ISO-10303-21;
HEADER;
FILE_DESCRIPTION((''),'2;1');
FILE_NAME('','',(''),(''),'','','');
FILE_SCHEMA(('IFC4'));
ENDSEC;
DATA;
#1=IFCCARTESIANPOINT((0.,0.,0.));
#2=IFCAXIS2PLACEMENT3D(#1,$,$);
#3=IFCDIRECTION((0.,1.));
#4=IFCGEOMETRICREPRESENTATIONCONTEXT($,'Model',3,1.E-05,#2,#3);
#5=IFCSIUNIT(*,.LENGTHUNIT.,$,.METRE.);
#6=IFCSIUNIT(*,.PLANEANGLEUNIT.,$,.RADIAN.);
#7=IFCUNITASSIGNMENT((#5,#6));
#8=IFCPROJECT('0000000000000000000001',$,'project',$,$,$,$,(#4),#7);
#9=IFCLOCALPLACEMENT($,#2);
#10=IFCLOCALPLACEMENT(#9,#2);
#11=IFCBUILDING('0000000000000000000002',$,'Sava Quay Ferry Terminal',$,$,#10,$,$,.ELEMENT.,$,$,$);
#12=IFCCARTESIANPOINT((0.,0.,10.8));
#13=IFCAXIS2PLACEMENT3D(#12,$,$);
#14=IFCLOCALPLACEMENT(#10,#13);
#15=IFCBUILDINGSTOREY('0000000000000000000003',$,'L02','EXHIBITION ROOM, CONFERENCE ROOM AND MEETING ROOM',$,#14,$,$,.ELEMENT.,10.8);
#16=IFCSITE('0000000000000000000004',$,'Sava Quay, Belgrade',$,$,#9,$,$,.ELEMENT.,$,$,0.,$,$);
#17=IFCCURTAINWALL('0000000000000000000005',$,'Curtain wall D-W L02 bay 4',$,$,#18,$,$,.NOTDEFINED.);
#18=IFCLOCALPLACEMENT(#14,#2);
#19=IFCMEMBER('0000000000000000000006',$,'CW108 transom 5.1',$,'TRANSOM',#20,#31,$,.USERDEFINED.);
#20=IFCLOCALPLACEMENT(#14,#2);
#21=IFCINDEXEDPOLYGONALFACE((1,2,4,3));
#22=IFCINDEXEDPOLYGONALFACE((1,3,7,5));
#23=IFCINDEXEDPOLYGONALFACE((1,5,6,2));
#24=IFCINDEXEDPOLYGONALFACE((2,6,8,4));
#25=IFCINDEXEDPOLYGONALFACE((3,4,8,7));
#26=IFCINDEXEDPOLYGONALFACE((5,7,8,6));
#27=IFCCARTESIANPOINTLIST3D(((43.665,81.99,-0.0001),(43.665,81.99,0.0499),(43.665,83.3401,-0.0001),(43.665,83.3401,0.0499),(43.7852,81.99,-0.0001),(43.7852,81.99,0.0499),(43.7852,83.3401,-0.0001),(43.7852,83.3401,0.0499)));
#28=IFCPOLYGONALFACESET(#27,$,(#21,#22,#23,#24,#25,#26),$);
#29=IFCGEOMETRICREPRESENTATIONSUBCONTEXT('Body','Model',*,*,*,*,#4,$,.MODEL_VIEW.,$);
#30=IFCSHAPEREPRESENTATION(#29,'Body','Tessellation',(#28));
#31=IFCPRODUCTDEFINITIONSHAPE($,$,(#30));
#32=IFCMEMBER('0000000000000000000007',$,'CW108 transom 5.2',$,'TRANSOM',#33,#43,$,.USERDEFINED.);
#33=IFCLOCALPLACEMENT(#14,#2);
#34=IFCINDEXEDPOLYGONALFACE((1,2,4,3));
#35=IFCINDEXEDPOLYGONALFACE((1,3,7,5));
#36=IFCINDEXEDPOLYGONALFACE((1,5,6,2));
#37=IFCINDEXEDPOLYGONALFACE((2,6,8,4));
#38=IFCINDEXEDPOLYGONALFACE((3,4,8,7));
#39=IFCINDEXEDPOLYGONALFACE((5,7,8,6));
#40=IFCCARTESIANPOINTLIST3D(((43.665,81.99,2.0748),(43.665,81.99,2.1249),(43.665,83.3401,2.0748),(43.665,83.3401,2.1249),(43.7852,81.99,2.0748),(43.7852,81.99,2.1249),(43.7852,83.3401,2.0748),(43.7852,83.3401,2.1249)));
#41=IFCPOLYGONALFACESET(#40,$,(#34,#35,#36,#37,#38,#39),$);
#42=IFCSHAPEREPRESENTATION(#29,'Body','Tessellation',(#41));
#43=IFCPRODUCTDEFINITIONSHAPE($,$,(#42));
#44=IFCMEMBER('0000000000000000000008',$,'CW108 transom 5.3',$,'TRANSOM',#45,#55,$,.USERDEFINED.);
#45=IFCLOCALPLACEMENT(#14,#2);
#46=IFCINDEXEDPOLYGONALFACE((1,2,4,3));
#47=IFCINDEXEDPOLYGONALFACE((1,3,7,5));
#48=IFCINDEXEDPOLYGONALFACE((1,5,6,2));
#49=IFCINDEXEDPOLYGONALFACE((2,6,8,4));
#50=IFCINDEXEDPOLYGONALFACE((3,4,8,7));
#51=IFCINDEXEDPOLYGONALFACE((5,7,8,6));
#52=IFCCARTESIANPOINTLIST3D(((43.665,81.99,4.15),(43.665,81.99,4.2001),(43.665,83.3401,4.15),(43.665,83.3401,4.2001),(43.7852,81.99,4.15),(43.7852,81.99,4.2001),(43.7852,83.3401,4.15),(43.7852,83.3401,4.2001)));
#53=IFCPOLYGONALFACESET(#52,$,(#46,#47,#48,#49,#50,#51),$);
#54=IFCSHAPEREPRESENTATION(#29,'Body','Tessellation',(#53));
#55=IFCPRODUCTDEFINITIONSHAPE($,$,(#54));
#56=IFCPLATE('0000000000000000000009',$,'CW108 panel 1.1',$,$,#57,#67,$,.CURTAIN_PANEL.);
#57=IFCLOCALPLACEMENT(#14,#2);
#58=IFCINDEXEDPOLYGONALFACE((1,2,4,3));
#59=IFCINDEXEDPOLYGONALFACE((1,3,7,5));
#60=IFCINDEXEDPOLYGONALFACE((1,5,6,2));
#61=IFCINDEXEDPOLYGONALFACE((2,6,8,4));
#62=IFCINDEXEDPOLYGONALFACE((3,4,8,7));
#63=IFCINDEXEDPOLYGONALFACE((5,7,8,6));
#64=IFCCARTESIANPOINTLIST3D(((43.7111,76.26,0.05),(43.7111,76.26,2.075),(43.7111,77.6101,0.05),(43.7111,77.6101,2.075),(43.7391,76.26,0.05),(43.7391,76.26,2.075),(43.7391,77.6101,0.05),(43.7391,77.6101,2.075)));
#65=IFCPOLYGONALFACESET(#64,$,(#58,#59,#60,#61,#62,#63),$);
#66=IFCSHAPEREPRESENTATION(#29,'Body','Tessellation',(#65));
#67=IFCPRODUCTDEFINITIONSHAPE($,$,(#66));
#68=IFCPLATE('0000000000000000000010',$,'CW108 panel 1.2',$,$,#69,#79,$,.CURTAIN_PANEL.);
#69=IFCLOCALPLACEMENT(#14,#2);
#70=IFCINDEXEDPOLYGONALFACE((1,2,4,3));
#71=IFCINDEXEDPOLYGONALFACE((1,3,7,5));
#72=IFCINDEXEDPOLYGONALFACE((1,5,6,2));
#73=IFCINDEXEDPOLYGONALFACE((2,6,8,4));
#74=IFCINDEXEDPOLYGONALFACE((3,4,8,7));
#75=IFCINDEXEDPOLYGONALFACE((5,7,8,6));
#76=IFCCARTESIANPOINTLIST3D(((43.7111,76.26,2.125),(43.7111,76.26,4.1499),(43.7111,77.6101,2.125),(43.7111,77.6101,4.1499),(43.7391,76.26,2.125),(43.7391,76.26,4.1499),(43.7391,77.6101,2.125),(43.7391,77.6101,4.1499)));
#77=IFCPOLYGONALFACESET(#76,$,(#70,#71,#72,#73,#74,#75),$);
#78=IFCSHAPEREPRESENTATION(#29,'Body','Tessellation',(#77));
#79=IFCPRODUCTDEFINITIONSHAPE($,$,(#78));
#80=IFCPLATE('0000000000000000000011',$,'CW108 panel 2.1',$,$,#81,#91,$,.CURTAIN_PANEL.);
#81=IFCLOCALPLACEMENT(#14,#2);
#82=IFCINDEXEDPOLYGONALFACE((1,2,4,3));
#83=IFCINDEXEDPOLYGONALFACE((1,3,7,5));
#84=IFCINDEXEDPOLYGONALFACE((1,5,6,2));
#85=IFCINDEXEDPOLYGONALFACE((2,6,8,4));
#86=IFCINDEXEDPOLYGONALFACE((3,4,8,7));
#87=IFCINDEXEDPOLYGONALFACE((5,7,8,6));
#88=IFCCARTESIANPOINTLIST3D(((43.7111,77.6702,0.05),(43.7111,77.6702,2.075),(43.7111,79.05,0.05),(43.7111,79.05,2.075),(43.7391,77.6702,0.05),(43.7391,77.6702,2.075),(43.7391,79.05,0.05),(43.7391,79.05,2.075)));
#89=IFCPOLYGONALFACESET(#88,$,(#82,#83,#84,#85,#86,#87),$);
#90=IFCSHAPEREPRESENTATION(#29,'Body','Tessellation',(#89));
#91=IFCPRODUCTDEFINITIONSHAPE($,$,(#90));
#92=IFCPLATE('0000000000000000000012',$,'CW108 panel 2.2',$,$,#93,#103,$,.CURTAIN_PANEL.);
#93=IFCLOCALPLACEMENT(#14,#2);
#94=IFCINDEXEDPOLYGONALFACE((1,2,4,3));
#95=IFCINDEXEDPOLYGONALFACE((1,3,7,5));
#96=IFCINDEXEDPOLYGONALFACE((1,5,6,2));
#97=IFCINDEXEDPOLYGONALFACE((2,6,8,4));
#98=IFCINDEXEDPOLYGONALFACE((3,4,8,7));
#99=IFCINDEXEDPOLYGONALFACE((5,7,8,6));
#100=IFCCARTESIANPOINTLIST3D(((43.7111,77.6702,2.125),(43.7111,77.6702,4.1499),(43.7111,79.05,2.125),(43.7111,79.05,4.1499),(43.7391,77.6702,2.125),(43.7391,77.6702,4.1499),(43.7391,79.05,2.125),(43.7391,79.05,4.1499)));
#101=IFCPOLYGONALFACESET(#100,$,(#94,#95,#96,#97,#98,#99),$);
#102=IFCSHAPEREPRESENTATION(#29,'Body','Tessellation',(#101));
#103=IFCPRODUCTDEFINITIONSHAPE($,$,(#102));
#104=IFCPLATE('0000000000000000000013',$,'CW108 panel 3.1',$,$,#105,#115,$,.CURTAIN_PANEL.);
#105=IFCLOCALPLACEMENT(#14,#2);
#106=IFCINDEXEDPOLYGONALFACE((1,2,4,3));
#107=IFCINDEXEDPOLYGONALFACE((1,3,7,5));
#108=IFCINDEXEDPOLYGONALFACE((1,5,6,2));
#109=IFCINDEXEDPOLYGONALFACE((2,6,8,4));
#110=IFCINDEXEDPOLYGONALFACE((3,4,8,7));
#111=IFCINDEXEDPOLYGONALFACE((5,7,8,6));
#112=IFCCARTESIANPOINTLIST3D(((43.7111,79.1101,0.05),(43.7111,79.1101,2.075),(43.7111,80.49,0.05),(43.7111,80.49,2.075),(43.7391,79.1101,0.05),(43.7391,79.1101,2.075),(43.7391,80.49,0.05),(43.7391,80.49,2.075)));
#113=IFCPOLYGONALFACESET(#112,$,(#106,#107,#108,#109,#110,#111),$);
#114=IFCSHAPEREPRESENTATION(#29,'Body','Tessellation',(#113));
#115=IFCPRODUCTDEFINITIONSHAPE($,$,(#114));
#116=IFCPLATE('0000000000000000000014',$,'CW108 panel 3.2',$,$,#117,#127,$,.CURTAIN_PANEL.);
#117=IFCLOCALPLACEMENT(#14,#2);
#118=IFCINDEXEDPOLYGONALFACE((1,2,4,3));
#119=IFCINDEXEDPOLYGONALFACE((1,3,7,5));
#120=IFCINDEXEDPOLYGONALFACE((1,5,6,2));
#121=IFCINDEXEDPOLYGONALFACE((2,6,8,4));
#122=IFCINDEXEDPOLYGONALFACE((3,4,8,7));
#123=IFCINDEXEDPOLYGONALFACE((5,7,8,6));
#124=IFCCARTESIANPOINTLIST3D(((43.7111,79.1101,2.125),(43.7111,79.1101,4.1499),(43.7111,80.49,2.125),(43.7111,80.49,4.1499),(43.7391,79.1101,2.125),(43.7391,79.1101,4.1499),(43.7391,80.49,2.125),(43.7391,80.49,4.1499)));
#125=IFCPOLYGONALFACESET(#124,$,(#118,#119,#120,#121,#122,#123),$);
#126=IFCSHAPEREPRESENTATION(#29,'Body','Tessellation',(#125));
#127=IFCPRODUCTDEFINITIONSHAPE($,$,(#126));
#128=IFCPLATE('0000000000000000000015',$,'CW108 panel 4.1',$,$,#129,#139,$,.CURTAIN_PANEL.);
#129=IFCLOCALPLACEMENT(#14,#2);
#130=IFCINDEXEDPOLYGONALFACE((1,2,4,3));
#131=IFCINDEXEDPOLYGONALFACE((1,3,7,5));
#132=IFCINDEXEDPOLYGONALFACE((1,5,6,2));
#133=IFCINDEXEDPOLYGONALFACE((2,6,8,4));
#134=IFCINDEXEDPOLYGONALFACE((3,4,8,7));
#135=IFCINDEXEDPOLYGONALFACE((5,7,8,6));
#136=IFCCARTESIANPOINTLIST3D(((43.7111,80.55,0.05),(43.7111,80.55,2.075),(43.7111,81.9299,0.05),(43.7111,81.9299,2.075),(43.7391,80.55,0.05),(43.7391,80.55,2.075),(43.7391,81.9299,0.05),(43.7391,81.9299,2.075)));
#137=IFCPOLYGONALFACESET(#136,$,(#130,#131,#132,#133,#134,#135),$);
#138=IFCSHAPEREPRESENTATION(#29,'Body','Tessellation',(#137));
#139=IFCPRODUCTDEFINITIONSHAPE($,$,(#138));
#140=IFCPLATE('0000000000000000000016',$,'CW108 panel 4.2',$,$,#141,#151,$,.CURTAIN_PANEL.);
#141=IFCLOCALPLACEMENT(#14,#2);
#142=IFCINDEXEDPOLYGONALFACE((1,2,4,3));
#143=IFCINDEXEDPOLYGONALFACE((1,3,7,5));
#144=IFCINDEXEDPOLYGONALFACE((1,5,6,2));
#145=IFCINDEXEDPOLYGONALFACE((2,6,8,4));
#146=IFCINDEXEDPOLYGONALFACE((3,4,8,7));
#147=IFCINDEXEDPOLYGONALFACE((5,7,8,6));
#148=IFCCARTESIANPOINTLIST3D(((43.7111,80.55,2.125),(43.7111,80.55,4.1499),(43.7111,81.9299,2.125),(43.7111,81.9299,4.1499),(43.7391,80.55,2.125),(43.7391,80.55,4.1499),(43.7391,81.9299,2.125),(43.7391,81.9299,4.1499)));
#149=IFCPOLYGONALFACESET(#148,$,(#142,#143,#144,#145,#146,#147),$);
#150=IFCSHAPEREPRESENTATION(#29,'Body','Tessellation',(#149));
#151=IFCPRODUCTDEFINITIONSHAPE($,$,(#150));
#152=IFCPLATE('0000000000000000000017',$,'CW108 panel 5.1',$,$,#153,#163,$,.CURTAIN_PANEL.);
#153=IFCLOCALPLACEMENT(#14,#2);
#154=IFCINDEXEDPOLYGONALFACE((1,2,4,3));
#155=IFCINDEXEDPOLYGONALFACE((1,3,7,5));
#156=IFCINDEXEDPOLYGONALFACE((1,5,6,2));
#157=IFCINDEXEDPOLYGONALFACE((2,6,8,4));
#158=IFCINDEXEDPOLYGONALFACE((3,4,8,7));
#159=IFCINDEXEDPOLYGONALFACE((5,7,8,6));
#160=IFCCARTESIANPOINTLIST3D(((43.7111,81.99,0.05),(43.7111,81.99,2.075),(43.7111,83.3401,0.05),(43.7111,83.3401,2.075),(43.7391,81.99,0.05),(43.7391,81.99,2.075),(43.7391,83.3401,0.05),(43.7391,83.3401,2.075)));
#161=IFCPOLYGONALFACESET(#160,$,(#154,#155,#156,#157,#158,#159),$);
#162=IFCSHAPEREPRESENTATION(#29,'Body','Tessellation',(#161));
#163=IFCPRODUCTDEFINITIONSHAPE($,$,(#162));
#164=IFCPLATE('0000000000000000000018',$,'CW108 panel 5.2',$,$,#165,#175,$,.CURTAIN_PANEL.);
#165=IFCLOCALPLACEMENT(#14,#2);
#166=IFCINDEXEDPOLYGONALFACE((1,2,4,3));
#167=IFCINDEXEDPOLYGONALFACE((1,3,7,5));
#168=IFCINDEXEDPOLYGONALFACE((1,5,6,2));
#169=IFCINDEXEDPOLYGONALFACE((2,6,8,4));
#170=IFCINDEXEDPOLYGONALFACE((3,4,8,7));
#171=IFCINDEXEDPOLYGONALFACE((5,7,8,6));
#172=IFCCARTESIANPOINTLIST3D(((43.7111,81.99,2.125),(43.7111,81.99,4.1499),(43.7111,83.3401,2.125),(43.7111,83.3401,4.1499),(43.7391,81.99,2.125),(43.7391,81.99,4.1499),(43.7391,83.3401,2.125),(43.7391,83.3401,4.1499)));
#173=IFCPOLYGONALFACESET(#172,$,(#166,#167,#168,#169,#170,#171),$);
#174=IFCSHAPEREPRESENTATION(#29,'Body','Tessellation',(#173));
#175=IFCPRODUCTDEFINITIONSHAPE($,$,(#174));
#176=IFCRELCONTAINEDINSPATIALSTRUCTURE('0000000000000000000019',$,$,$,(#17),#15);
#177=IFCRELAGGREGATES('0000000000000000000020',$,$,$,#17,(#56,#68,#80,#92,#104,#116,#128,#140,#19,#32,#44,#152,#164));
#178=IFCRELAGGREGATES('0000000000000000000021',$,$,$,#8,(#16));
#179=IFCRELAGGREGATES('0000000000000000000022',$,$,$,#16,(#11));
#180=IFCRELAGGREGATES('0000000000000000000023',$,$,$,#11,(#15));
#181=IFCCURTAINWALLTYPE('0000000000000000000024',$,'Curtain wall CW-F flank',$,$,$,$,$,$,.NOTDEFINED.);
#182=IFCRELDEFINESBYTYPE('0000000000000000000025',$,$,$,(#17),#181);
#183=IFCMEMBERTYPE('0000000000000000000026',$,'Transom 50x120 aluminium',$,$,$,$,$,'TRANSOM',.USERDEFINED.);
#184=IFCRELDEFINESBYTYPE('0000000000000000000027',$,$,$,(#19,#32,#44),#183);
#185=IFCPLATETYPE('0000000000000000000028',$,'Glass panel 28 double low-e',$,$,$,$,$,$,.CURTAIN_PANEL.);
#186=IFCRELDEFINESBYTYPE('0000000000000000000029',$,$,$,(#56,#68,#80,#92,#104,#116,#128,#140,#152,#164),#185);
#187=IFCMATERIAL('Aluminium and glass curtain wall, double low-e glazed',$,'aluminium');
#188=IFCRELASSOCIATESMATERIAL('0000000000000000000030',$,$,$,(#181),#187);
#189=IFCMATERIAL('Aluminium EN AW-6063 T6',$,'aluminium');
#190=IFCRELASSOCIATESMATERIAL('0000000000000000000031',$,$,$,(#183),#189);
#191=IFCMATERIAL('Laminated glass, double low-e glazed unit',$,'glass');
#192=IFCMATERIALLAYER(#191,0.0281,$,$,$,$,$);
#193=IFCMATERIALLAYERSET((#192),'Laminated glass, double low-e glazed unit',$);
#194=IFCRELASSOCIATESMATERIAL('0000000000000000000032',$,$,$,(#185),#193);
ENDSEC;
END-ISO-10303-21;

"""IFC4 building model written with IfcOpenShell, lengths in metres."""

from ifc_helpers import new_model, si_unit, direction, frame, origin, origin_2d, place, context, subcontext, project, spatial, rectangle, extrude, material, layer, layer_set, material_profile, profile_set, type_object, element, aggregate, save


model = new_model("IFC4")

# Units and contexts
model_context = context("Model", 3, precision=1e-05, world=origin(), true_north=direction((0.0, 1.0)))
body_context = subcontext(model_context, "Body", "Model", "MODEL_VIEW")
ifc_project = project(units=[si_unit("LENGTHUNIT", "METRE"), si_unit("PLANEANGLEUNIT", "RADIAN")], contexts=[model_context])

# Site, building, storey
site_placement = place(None, origin())
site = spatial("IfcSite", under=ifc_project, at=site_placement, Name="Sava Quay, Belgrade", CompositionType="ELEMENT", RefElevation=0.0)
building_placement = place(site_placement, origin())
building = spatial("IfcBuilding", under=site, at=building_placement, Name="Sava Quay Ferry Terminal", CompositionType="ELEMENT")
storey_placement = place(building_placement, frame((0.0, 0.0, 10.8)))
storey = spatial("IfcBuildingStorey", under=building, at=storey_placement, Name="L02", Description="EXHIBITION ROOM, CONFERENCE ROOM AND MEETING ROOM", CompositionType="ELEMENT", Elevation=10.8)

# Shared definitions
ifc_material_1 = material(Name="Aluminium and glass curtain wall, double low-e glazed", Category="aluminium")
curtain_wall_type = type_object("IfcCurtainWallType", Name="Curtain wall CW-F flank", PredefinedType="NOTDEFINED", material=ifc_material_1)

# Curtain wall, members, plates
curtain_wall_1_placement = place(storey_placement, origin())
curtain_wall_1 = element("IfcCurtainWall", 1, at=curtain_wall_1_placement, inside=storey, type_object=curtain_wall_type, Name="Curtain wall D-W L02 bay 4", PredefinedType="NOTDEFINED")
ifc_material_2 = material(Name="Aluminium EN AW-6063 T6", Category="aluminium")
ifc_material_profile_1 = material_profile(ifc_material_2, rectangle(XDim=0.1201, YDim=0.05, at=origin_2d()), Name="Transom 50x120 aluminium")
ifc_profile_set_1 = profile_set([ifc_material_profile_1], Name="Aluminium EN AW-6063 T6")
member_type_1 = type_object("IfcMemberType", Name="Transom 50x120 aluminium", ElementType="TRANSOM", PredefinedType="USERDEFINED", material=ifc_profile_set_1)
member_1_placement = place(storey_placement, frame((43.7251, 81.99, 0.0249), z_axis=(0.0, 1.0, 0.0), x_axis=(-1.0, 0.0, 0.0)))
member_1 = element("IfcMember", 2, at=member_1_placement, type_object=member_type_1, Name="CW108 transom 5.1", ObjectType="TRANSOM", PredefinedType="USERDEFINED", context=body_context, shape_type="SweptSolid", body=[
    extrude(rectangle(XDim=0.1201, YDim=0.05, at=origin_2d()), origin(), (0.0, 0.0, 1.0), 1.3501),
])
member_2_placement = place(storey_placement, frame((43.7251, 81.99, 2.0999), z_axis=(0.0, 1.0, 0.0), x_axis=(-1.0, 0.0, 0.0)))
member_2 = element("IfcMember", 3, at=member_2_placement, type_object=member_type_1, Name="CW108 transom 5.2", ObjectType="TRANSOM", PredefinedType="USERDEFINED", context=body_context, shape_type="SweptSolid", body=[
    extrude(rectangle(XDim=0.1201, YDim=0.05, at=origin_2d()), origin(), (0.0, 0.0, 1.0), 1.3501),
])
member_3_placement = place(storey_placement, frame((43.7251, 81.99, 4.175), z_axis=(0.0, 1.0, 0.0), x_axis=(-1.0, 0.0, 0.0)))
member_3 = element("IfcMember", 4, at=member_3_placement, type_object=member_type_1, Name="CW108 transom 5.3", ObjectType="TRANSOM", PredefinedType="USERDEFINED", context=body_context, shape_type="SweptSolid", body=[
    extrude(rectangle(XDim=0.1201, YDim=0.05, at=origin_2d()), origin(), (0.0, 0.0, 1.0), 1.3501),
])
ifc_material_3 = material(Name="Laminated glass, double low-e glazed unit", Category="glass")
ifc_layer = layer(ifc_material_3, 0.0281)
ifc_layer_set = layer_set([ifc_layer], Name="Laminated glass, double low-e glazed unit")
plate_type = type_object("IfcPlateType", Name="Glass panel 28 double low-e", PredefinedType="CURTAIN_PANEL", material=ifc_layer_set)
plate_1_placement = place(storey_placement, frame((43.7251, 76.9351, 0.05), z_axis=(0.0, 0.0, 1.0), x_axis=(0.0, 1.0, 0.0)))
plate_1 = element("IfcPlate", 5, at=plate_1_placement, type_object=plate_type, Name="CW108 panel 1.1", PredefinedType="CURTAIN_PANEL", context=body_context, shape_type="SweptSolid", body=[
    extrude(rectangle(XDim=1.3501, YDim=0.0281, at=origin_2d()), origin(), (0.0, 0.0, 1.0), 2.0249),
])
plate_2_placement = place(storey_placement, frame((43.7251, 76.9351, 2.125), z_axis=(0.0, 0.0, 1.0), x_axis=(0.0, 1.0, 0.0)))
plate_2 = element("IfcPlate", 6, at=plate_2_placement, type_object=plate_type, Name="CW108 panel 1.2", PredefinedType="CURTAIN_PANEL", context=body_context, shape_type="SweptSolid", body=[
    extrude(rectangle(XDim=1.3501, YDim=0.0281, at=origin_2d()), origin(), (0.0, 0.0, 1.0), 2.0249),
])
plate_3_placement = place(storey_placement, frame((43.7251, 78.3601, 0.05), z_axis=(0.0, 0.0, 1.0), x_axis=(0.0, 1.0, 0.0)))
plate_3 = element("IfcPlate", 7, at=plate_3_placement, type_object=plate_type, Name="CW108 panel 2.1", PredefinedType="CURTAIN_PANEL", context=body_context, shape_type="SweptSolid", body=[
    extrude(rectangle(XDim=1.3799, YDim=0.0281, at=origin_2d()), origin(), (0.0, 0.0, 1.0), 2.0249),
])
plate_4_placement = place(storey_placement, frame((43.7251, 78.3601, 2.125), z_axis=(0.0, 0.0, 1.0), x_axis=(0.0, 1.0, 0.0)))
plate_4 = element("IfcPlate", 8, at=plate_4_placement, type_object=plate_type, Name="CW108 panel 2.2", PredefinedType="CURTAIN_PANEL", context=body_context, shape_type="SweptSolid", body=[
    extrude(rectangle(XDim=1.3799, YDim=0.0281, at=origin_2d()), origin(), (0.0, 0.0, 1.0), 2.0249),
])
plate_5_placement = place(storey_placement, frame((43.7251, 79.8, 0.05), z_axis=(0.0, 0.0, 1.0), x_axis=(0.0, 1.0, 0.0)))
plate_5 = element("IfcPlate", 9, at=plate_5_placement, type_object=plate_type, Name="CW108 panel 3.1", PredefinedType="CURTAIN_PANEL", context=body_context, shape_type="SweptSolid", body=[
    extrude(rectangle(XDim=1.3799, YDim=0.0281, at=origin_2d()), origin(), (0.0, 0.0, 1.0), 2.0249),
])
plate_6_placement = place(storey_placement, frame((43.7251, 79.8, 2.125), z_axis=(0.0, 0.0, 1.0), x_axis=(0.0, 1.0, 0.0)))
plate_6 = element("IfcPlate", 10, at=plate_6_placement, type_object=plate_type, Name="CW108 panel 3.2", PredefinedType="CURTAIN_PANEL", context=body_context, shape_type="SweptSolid", body=[
    extrude(rectangle(XDim=1.3799, YDim=0.0281, at=origin_2d()), origin(), (0.0, 0.0, 1.0), 2.0249),
])
plate_7_placement = place(storey_placement, frame((43.7251, 81.24, 0.05), z_axis=(0.0, 0.0, 1.0), x_axis=(0.0, 1.0, 0.0)))
plate_7 = element("IfcPlate", 11, at=plate_7_placement, type_object=plate_type, Name="CW108 panel 4.1", PredefinedType="CURTAIN_PANEL", context=body_context, shape_type="SweptSolid", body=[
    extrude(rectangle(XDim=1.3799, YDim=0.0281, at=origin_2d()), origin(), (0.0, 0.0, 1.0), 2.0249),
])
plate_8_placement = place(storey_placement, frame((43.7251, 81.24, 2.125), z_axis=(0.0, 0.0, 1.0), x_axis=(0.0, 1.0, 0.0)))
plate_8 = element("IfcPlate", 12, at=plate_8_placement, type_object=plate_type, Name="CW108 panel 4.2", PredefinedType="CURTAIN_PANEL", context=body_context, shape_type="SweptSolid", body=[
    extrude(rectangle(XDim=1.3799, YDim=0.0281, at=origin_2d()), origin(), (0.0, 0.0, 1.0), 2.0249),
])
plate_9_placement = place(storey_placement, frame((43.7251, 82.665, 0.05), z_axis=(0.0, 0.0, 1.0), x_axis=(0.0, 1.0, 0.0)))
plate_9 = element("IfcPlate", 13, at=plate_9_placement, type_object=plate_type, Name="CW108 panel 5.1", PredefinedType="CURTAIN_PANEL", context=body_context, shape_type="SweptSolid", body=[
    extrude(rectangle(XDim=1.3501, YDim=0.0281, at=origin_2d()), origin(), (0.0, 0.0, 1.0), 2.0249),
])
plate_10_placement = place(storey_placement, frame((43.7251, 82.665, 2.125), z_axis=(0.0, 0.0, 1.0), x_axis=(0.0, 1.0, 0.0)))
plate_10 = element("IfcPlate", 14, at=plate_10_placement, type_object=plate_type, Name="CW108 panel 5.2", PredefinedType="CURTAIN_PANEL", context=body_context, shape_type="SweptSolid", body=[
    extrude(rectangle(XDim=1.3501, YDim=0.0281, at=origin_2d()), origin(), (0.0, 0.0, 1.0), 2.0249),
])
aggregate(curtain_wall_1, [plate_1, plate_2, plate_3, plate_4, plate_5, plate_6, plate_7, plate_8, member_1, member_2, member_3, plate_9, plate_10])

save(model, "model.ifc")
